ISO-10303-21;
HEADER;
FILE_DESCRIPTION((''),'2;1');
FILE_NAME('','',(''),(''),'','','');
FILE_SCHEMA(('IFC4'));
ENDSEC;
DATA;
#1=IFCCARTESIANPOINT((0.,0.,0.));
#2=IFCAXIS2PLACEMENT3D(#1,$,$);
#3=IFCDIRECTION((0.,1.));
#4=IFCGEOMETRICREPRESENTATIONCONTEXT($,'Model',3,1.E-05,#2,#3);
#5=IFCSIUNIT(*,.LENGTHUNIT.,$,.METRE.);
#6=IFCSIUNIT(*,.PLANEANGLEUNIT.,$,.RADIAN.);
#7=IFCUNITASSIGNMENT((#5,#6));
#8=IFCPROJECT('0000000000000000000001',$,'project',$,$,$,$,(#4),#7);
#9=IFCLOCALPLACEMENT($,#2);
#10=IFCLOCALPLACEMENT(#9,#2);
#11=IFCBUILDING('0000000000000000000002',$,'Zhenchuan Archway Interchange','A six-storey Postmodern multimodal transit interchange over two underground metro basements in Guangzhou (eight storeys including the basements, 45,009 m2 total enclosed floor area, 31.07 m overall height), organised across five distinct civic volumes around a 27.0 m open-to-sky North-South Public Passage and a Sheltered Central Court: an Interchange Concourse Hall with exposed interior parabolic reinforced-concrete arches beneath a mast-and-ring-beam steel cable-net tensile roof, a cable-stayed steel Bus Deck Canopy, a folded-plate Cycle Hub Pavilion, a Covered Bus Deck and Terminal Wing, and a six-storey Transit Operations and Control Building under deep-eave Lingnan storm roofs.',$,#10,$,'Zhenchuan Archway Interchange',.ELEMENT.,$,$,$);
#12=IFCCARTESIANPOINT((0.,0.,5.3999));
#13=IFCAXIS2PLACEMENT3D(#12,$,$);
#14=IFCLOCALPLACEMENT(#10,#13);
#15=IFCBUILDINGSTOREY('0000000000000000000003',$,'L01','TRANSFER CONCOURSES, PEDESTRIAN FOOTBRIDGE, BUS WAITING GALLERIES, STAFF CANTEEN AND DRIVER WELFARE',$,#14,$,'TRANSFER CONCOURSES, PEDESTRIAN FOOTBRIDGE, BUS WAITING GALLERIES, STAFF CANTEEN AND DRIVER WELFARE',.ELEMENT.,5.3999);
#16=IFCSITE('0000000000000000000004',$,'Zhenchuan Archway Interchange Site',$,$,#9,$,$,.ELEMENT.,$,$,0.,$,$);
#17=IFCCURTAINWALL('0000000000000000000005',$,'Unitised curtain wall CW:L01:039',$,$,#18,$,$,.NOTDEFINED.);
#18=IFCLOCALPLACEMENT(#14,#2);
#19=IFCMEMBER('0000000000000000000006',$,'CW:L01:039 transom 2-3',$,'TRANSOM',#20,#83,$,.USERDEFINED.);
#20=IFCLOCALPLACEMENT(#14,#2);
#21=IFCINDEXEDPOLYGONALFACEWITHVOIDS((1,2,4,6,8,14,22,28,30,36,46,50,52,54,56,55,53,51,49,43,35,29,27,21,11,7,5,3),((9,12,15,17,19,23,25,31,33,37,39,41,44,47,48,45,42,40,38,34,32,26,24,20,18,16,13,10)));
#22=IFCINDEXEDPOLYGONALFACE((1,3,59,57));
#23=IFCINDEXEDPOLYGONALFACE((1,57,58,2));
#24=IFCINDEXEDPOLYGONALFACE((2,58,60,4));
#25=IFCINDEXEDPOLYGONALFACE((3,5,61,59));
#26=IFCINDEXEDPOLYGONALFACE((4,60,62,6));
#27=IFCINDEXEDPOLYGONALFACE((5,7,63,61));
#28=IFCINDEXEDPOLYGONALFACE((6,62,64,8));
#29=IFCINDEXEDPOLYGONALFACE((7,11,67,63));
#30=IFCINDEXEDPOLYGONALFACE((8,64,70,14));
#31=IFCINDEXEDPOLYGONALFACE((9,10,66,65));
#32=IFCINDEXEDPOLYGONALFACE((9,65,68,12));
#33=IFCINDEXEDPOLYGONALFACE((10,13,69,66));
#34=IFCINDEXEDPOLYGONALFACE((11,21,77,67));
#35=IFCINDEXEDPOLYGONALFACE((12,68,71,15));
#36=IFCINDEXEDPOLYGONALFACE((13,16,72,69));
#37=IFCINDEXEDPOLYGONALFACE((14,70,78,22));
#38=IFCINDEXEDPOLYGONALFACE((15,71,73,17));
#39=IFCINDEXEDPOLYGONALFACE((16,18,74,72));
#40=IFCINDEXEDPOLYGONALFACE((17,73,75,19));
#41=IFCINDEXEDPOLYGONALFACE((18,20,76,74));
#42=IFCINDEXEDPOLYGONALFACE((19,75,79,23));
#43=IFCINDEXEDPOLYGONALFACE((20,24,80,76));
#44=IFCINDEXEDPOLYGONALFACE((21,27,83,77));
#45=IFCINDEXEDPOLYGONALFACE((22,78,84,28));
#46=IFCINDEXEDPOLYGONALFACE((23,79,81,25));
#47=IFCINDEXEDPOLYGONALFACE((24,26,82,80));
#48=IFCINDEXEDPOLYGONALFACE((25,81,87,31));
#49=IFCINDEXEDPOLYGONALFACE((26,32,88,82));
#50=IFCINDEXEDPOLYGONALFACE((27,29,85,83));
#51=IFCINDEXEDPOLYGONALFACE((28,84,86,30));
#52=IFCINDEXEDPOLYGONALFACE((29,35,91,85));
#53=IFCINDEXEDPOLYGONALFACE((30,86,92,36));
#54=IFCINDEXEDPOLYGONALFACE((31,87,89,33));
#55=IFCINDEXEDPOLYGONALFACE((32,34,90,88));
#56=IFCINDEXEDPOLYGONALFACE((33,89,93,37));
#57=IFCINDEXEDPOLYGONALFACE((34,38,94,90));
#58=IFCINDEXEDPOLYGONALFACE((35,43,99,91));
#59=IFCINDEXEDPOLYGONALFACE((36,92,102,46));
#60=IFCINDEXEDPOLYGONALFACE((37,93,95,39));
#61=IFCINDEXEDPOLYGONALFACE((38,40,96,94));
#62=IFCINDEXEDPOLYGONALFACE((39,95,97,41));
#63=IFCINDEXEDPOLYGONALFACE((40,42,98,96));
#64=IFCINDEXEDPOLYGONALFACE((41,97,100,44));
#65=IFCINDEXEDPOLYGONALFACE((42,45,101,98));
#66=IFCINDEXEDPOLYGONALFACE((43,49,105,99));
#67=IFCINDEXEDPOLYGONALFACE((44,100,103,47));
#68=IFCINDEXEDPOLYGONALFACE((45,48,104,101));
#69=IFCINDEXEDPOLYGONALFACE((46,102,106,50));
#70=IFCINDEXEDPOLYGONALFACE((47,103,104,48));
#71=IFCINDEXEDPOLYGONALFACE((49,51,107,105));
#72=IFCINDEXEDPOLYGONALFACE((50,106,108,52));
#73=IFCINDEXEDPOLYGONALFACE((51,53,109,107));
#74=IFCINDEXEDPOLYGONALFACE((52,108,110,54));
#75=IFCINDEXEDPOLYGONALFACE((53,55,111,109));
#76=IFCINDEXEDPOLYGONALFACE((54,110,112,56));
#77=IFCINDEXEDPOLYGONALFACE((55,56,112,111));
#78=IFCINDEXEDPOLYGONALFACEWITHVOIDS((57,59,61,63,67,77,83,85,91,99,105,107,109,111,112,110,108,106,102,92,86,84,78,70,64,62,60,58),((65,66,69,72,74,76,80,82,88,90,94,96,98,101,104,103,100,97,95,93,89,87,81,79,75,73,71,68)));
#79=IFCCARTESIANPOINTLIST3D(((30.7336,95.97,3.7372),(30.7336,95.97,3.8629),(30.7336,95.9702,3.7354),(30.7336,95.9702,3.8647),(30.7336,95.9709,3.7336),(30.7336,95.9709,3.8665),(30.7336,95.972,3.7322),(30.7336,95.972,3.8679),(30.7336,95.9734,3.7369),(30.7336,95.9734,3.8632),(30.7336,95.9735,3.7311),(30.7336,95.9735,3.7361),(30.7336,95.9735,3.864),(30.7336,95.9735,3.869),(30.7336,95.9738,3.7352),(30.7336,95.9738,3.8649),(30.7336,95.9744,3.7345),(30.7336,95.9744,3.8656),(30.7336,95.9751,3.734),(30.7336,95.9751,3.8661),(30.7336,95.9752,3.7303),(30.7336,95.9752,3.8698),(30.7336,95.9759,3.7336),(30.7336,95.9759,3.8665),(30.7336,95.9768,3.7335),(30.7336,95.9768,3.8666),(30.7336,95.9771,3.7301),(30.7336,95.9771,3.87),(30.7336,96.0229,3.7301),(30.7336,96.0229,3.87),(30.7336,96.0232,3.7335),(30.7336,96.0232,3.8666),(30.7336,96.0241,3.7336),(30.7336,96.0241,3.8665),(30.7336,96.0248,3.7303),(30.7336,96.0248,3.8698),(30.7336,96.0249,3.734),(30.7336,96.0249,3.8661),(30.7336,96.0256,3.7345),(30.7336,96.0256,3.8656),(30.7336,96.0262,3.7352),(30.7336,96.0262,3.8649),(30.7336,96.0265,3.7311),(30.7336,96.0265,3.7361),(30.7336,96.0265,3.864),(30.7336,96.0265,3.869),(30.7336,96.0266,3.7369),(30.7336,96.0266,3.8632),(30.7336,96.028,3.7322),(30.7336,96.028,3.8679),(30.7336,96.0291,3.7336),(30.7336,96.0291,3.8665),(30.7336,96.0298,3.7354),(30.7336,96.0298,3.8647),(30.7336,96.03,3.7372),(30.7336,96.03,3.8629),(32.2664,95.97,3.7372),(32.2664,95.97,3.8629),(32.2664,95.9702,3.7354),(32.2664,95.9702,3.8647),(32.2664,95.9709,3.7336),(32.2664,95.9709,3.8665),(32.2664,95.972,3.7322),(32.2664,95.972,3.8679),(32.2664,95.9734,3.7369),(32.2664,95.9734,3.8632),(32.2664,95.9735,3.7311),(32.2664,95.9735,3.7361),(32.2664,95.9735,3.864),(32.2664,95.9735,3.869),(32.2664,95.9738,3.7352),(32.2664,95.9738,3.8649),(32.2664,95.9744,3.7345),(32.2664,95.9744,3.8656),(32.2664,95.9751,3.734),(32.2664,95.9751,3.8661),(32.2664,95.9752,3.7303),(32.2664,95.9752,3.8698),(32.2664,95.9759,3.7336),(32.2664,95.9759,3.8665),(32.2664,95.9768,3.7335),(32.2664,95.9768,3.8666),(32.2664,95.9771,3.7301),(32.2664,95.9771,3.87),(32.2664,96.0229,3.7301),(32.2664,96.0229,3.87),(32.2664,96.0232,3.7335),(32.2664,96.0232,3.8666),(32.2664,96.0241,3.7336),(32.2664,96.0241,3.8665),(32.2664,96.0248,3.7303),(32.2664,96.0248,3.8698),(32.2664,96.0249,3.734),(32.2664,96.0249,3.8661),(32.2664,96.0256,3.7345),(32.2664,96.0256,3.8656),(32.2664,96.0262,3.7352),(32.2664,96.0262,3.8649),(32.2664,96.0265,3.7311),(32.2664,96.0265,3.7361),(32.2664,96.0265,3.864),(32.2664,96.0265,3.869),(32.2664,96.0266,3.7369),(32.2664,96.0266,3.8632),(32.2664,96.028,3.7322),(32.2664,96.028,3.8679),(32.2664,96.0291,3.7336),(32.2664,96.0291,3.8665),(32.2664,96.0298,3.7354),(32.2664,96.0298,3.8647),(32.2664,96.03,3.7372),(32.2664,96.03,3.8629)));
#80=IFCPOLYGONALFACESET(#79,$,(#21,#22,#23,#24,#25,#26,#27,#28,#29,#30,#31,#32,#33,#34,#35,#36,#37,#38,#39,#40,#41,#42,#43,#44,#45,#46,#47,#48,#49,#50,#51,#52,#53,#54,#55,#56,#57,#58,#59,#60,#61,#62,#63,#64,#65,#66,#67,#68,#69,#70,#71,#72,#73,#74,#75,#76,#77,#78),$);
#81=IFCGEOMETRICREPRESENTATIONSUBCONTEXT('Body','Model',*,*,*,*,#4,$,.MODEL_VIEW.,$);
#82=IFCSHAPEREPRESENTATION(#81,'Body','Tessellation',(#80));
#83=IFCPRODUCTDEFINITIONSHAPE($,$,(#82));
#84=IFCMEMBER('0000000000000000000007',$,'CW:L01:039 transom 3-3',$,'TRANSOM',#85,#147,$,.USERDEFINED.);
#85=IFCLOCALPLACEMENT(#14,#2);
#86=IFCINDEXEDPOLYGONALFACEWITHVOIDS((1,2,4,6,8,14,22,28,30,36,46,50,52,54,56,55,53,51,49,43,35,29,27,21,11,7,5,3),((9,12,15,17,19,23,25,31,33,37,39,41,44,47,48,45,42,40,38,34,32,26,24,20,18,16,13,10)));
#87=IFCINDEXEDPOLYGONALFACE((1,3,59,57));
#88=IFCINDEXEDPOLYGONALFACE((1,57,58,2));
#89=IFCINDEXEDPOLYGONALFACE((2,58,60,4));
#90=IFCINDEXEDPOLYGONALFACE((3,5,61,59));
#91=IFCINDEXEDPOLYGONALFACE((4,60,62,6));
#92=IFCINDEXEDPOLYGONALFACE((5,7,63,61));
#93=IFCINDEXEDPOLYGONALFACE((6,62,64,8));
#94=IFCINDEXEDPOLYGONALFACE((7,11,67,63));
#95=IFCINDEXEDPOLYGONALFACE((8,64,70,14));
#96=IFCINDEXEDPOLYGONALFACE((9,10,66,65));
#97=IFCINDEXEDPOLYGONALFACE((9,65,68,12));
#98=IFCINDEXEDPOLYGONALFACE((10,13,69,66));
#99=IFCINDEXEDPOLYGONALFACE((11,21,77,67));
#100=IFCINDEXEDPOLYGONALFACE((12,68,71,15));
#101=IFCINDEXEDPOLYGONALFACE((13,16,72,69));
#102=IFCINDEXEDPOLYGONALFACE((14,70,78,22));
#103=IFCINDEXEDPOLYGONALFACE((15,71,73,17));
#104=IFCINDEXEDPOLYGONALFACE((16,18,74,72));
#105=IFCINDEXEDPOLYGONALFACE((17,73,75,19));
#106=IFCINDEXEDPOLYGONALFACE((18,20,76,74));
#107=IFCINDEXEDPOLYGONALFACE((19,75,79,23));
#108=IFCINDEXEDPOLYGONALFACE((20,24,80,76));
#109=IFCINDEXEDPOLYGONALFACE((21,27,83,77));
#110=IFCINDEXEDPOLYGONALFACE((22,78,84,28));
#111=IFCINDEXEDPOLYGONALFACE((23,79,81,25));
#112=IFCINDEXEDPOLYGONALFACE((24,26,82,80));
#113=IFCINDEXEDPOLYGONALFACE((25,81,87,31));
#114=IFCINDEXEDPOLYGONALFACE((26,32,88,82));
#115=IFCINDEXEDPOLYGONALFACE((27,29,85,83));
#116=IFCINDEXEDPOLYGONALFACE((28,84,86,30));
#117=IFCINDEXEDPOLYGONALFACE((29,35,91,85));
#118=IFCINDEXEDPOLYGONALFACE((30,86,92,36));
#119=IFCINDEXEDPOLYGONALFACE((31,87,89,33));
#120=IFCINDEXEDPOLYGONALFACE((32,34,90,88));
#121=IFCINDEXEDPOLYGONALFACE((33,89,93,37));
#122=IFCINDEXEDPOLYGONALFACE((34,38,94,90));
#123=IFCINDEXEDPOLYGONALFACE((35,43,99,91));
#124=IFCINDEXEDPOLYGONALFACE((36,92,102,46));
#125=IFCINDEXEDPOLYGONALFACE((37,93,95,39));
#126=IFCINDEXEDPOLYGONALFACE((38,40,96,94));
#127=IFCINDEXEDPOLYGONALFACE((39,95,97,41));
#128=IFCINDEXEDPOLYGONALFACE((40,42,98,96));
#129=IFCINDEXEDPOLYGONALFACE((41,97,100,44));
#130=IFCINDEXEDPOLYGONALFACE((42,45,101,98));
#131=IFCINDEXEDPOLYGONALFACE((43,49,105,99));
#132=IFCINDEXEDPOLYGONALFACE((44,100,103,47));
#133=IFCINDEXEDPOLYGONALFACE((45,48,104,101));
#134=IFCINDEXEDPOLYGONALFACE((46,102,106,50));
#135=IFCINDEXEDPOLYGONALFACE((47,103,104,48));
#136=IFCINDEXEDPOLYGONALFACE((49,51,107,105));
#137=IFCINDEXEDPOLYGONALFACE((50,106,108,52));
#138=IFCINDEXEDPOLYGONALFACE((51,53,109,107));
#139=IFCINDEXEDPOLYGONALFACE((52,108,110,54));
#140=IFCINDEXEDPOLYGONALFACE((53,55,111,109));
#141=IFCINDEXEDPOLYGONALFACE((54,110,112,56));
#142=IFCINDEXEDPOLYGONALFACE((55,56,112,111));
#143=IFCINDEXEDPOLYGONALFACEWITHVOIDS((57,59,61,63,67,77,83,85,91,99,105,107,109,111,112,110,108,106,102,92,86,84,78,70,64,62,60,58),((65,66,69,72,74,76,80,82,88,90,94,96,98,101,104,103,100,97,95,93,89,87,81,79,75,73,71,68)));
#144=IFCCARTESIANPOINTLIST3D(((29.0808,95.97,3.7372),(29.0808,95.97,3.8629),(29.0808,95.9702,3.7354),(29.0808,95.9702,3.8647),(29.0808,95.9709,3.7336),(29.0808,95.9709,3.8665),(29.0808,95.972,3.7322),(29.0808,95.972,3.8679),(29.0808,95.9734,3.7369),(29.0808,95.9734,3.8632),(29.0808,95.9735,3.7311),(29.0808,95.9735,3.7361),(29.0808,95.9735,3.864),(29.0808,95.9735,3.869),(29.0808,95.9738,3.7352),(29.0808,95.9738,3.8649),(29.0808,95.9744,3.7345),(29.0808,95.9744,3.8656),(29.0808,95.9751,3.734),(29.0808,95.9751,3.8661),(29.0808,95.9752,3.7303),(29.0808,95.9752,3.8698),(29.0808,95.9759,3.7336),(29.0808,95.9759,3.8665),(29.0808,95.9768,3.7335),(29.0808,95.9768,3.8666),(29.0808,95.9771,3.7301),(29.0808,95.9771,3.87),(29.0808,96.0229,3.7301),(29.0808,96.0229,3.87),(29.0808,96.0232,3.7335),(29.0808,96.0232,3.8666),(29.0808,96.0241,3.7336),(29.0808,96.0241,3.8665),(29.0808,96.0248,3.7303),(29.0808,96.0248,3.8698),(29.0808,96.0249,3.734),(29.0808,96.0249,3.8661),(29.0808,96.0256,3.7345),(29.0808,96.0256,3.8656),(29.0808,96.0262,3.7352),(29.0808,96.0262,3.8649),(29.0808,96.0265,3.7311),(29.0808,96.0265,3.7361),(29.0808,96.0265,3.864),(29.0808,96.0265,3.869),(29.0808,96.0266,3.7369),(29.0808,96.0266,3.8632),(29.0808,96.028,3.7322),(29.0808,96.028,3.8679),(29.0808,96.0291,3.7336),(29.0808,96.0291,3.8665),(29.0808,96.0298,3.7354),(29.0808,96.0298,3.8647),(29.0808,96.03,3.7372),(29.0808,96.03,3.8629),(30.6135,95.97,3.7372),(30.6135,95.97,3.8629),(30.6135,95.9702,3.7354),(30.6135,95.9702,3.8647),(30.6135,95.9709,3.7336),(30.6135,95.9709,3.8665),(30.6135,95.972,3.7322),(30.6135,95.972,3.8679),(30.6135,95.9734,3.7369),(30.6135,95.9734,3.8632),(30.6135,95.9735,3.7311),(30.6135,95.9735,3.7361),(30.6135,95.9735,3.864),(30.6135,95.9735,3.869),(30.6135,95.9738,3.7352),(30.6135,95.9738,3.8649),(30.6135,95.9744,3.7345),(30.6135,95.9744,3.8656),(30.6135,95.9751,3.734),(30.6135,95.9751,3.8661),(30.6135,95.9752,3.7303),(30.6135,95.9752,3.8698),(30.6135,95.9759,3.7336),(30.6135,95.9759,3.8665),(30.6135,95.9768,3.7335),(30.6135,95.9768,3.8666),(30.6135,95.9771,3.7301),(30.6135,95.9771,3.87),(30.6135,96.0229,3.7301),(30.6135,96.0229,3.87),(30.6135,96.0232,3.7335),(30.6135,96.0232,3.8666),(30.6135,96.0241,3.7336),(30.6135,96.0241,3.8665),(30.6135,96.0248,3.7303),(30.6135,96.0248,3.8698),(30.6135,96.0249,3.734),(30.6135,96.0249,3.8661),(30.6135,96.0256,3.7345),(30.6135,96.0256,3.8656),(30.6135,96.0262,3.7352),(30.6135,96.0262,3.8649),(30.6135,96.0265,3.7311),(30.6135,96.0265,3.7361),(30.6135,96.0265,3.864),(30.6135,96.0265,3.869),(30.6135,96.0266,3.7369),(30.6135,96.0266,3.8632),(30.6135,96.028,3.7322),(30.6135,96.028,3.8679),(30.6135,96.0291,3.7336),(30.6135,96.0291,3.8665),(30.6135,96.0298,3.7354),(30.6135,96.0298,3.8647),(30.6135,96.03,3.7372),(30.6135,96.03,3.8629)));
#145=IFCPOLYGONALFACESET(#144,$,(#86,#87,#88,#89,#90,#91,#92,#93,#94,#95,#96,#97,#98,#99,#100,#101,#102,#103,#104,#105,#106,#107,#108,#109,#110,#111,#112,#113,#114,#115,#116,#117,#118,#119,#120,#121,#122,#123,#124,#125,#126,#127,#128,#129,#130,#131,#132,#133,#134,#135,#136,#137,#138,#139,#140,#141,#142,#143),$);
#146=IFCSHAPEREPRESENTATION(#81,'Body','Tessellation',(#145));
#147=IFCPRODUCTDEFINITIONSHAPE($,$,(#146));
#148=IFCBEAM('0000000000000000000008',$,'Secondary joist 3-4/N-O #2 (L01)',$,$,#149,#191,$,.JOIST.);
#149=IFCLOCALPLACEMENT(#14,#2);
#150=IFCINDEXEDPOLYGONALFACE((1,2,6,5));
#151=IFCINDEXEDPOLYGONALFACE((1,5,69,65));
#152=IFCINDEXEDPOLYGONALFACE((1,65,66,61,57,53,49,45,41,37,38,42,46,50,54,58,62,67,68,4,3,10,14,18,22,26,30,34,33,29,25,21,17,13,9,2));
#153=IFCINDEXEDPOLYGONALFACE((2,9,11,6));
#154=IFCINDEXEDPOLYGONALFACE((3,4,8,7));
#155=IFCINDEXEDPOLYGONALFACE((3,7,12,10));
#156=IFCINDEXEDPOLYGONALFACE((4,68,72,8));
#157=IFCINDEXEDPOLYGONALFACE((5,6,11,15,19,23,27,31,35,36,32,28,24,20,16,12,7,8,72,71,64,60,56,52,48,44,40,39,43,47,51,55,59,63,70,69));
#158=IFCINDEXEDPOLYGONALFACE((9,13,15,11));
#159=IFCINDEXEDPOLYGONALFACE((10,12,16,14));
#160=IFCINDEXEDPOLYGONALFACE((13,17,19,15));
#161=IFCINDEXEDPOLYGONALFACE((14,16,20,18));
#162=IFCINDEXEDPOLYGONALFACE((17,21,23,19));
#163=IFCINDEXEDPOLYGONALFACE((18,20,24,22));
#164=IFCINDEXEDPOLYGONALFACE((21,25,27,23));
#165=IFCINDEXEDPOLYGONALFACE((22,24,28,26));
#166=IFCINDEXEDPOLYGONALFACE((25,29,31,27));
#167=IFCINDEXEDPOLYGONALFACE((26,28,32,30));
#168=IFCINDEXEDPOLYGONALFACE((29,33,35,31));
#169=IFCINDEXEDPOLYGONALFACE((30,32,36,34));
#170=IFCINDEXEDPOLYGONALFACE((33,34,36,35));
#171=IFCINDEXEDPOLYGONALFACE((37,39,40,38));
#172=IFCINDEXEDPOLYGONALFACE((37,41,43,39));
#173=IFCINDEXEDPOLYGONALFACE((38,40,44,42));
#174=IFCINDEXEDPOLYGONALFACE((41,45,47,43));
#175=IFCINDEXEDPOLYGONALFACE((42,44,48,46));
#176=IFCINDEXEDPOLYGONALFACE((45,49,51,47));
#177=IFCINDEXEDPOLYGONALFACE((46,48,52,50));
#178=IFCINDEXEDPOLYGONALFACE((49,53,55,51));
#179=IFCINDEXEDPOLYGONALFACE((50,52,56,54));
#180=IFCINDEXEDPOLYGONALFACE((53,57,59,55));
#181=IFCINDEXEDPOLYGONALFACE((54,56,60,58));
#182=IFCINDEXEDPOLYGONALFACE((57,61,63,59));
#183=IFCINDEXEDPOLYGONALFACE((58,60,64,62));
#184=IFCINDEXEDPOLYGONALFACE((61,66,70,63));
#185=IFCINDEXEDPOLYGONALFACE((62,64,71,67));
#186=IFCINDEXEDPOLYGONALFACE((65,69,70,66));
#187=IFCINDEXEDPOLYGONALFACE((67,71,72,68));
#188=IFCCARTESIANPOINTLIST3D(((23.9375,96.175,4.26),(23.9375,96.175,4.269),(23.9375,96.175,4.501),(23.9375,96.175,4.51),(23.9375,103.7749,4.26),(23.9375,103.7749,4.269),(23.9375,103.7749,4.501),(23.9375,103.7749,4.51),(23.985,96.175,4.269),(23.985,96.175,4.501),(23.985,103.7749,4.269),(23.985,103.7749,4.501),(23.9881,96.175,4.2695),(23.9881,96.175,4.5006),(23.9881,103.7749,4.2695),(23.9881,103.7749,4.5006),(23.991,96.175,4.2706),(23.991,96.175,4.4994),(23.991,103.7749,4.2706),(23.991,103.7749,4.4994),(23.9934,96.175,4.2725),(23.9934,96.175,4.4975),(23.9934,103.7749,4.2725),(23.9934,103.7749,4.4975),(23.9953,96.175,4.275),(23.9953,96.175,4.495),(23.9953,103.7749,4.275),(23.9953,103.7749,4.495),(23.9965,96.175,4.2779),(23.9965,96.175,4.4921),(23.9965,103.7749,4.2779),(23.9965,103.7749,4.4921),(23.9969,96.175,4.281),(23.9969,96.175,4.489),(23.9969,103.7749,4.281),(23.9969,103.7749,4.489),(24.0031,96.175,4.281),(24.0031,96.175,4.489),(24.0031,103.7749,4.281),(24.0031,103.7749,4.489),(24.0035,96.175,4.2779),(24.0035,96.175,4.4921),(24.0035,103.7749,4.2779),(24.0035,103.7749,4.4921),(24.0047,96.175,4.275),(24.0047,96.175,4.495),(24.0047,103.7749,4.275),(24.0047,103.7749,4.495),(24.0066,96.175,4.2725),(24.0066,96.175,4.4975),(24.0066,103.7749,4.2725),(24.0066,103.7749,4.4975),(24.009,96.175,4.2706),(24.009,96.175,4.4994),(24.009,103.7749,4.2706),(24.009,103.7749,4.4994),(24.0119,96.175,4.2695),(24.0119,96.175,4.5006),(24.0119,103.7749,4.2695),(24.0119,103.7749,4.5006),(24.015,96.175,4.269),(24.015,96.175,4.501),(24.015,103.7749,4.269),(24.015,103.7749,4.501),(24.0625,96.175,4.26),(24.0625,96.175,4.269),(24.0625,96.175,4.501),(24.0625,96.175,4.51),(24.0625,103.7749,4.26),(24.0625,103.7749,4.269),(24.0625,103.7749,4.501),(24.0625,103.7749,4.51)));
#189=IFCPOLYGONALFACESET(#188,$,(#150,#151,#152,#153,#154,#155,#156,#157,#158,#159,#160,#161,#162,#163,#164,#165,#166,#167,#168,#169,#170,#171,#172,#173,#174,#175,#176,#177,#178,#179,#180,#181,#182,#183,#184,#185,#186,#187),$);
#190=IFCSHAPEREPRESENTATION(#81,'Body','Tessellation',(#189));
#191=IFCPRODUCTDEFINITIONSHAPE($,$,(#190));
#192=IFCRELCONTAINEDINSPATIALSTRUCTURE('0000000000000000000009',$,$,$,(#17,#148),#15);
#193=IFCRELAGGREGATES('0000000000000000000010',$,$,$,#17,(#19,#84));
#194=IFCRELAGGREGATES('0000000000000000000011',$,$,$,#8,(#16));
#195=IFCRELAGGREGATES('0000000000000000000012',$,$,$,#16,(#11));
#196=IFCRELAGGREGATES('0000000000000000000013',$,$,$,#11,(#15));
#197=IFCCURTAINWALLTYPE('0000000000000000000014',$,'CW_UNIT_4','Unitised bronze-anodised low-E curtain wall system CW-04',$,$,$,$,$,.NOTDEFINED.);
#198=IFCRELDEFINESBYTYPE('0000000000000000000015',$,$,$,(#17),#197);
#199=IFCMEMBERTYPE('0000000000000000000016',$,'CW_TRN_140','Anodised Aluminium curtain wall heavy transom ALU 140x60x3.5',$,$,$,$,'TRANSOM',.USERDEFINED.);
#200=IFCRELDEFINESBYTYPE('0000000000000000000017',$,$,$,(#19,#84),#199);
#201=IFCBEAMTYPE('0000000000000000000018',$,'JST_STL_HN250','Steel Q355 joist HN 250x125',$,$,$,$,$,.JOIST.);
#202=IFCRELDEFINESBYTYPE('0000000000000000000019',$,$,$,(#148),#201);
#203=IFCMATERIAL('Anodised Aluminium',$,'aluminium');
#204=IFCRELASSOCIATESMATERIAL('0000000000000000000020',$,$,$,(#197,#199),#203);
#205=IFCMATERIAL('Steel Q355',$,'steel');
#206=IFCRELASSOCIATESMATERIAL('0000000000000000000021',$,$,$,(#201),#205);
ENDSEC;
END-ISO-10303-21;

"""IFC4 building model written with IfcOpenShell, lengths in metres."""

from ifc_helpers import new_model, si_unit, direction, frame, origin, origin_2d, place, context, subcontext, project, spatial, hollow_rectangle, i_section, extrude, material, material_profile, profile_set, type_object, element, aggregate, save


model = new_model("IFC4")

# Units and contexts
model_context = context("Model", 3, precision=1e-05, world=origin(), true_north=direction((0.0, 1.0)))
body_context = subcontext(model_context, "Body", "Model", "MODEL_VIEW")
ifc_project = project(units=[si_unit("LENGTHUNIT", "METRE"), si_unit("PLANEANGLEUNIT", "RADIAN")], contexts=[model_context])

# Site, building, storey
site_placement = place(None, origin())
site = spatial("IfcSite", under=ifc_project, at=site_placement, Name="Zhenchuan Archway Interchange Site", CompositionType="ELEMENT", RefElevation=0.0)
building_placement = place(site_placement, origin())
building = spatial("IfcBuilding", under=site, at=building_placement, Name="Zhenchuan Archway Interchange", Description="A six-storey Postmodern multimodal transit interchange over two underground metro basements in Guangzhou (eight storeys including the basements, 45,009 m2 total enclosed floor area, 31.07 m overall height), organised across five distinct civic volumes around a 27.0 m open-to-sky North-South Public Passage and a Sheltered Central Court: an Interchange Concourse Hall with exposed interior parabolic reinforced-concrete arches beneath a mast-and-ring-beam steel cable-net tensile roof, a cable-stayed steel Bus Deck Canopy, a folded-plate Cycle Hub Pavilion, a Covered Bus Deck and Terminal Wing, and a six-storey Transit Operations and Control Building under deep-eave Lingnan storm roofs.", LongName="Zhenchuan Archway Interchange", CompositionType="ELEMENT")
storey_placement = place(building_placement, frame((0.0, 0.0, 5.3999)))
storey = spatial("IfcBuildingStorey", under=building, at=storey_placement, Name="L01", Description="TRANSFER CONCOURSES, PEDESTRIAN FOOTBRIDGE, BUS WAITING GALLERIES, STAFF CANTEEN AND DRIVER WELFARE", LongName="TRANSFER CONCOURSES, PEDESTRIAN FOOTBRIDGE, BUS WAITING GALLERIES, STAFF CANTEEN AND DRIVER WELFARE", CompositionType="ELEMENT", Elevation=5.3999)

# Curtain wall, members
ifc_material_1 = material(Name="Anodised Aluminium", Category="aluminium")
curtain_wall_type = type_object("IfcCurtainWallType", Name="CW_UNIT_4", Description="Unitised bronze-anodised low-E curtain wall system CW-04", PredefinedType="NOTDEFINED", material=ifc_material_1)
curtain_wall_placement = place(storey_placement, origin())
curtain_wall = element("IfcCurtainWall", 1, at=curtain_wall_placement, inside=storey, type_object=curtain_wall_type, Name="Unitised curtain wall CW:L01:039", PredefinedType="NOTDEFINED")
ifc_material_profile_1 = material_profile(ifc_material_1, hollow_rectangle(XDim=0.0601, YDim=0.1399, WallThickness=0.0034, InnerFilletRadius=0.0034, OuterFilletRadius=0.0071, at=origin_2d()), Name="ALU 140x60x3.5")
ifc_profile_set_1 = profile_set([ifc_material_profile_1], Name="Anodised Aluminium")
member_type_1 = type_object("IfcMemberType", Name="CW_TRN_140", Description="Anodised Aluminium curtain wall heavy transom ALU 140x60x3.5", ElementType="TRANSOM", PredefinedType="USERDEFINED", material=ifc_profile_set_1)
member_1_placement = place(storey_placement, frame((32.2664, 96.0, 3.8), z_axis=(-1.0, 0.0, 0.0), x_axis=(0.0, -1.0, 0.0)))
member_1 = element("IfcMember", 2, at=member_1_placement, type_object=member_type_1, Name="CW:L01:039 transom 2-3", ObjectType="TRANSOM", PredefinedType="USERDEFINED", context=body_context, shape_type="SweptSolid", body=[
    extrude(hollow_rectangle(XDim=0.0601, YDim=0.1399, WallThickness=0.0034, InnerFilletRadius=0.0034, OuterFilletRadius=0.0071, at=origin_2d()), origin(), (0.0, 0.0, 1.0), 1.5327),
])
member_2_placement = place(storey_placement, frame((30.6135, 96.0, 3.8), z_axis=(-1.0, 0.0, 0.0), x_axis=(0.0, -1.0, 0.0)))
member_2 = element("IfcMember", 3, at=member_2_placement, type_object=member_type_1, Name="CW:L01:039 transom 3-3", ObjectType="TRANSOM", PredefinedType="USERDEFINED", context=body_context, shape_type="SweptSolid", body=[
    extrude(hollow_rectangle(XDim=0.0601, YDim=0.1399, WallThickness=0.0034, InnerFilletRadius=0.0034, OuterFilletRadius=0.0071, at=origin_2d()), origin(), (0.0, 0.0, 1.0), 1.5327),
])

# Beam
ifc_material_2 = material(Name="Steel Q355", Category="steel")
ifc_material_profile_2 = material_profile(ifc_material_2, i_section(OverallWidth=0.125, OverallDepth=0.25, WebThickness=0.0061, FlangeThickness=0.009, FilletRadius=0.012, at=origin_2d()), Name="HN 250x125")
ifc_profile_set_2 = profile_set([ifc_material_profile_2], Name="Steel Q355")
beam_type_1 = type_object("IfcBeamType", Name="JST_STL_HN250", Description="Steel Q355 joist HN 250x125", PredefinedType="JOIST", material=ifc_profile_set_2)
beam_1_placement = place(storey_placement, frame((24.0, 96.175, 4.385), z_axis=(0.0, 1.0, 0.0), x_axis=(-1.0, 0.0, 0.0)))
element("IfcBeam", 4, at=beam_1_placement, inside=storey, type_object=beam_type_1, Name="Secondary joist 3-4/N-O #2 (L01)", PredefinedType="JOIST", context=body_context, shape_type="SweptSolid", body=[
    extrude(i_section(OverallWidth=0.125, OverallDepth=0.25, WebThickness=0.0061, FlangeThickness=0.009, FilletRadius=0.012, at=origin_2d()), origin(), (0.0, 0.0, 1.0), 7.5999),
])

aggregate(curtain_wall, [member_1, member_2])

save(model, "model.ifc")
